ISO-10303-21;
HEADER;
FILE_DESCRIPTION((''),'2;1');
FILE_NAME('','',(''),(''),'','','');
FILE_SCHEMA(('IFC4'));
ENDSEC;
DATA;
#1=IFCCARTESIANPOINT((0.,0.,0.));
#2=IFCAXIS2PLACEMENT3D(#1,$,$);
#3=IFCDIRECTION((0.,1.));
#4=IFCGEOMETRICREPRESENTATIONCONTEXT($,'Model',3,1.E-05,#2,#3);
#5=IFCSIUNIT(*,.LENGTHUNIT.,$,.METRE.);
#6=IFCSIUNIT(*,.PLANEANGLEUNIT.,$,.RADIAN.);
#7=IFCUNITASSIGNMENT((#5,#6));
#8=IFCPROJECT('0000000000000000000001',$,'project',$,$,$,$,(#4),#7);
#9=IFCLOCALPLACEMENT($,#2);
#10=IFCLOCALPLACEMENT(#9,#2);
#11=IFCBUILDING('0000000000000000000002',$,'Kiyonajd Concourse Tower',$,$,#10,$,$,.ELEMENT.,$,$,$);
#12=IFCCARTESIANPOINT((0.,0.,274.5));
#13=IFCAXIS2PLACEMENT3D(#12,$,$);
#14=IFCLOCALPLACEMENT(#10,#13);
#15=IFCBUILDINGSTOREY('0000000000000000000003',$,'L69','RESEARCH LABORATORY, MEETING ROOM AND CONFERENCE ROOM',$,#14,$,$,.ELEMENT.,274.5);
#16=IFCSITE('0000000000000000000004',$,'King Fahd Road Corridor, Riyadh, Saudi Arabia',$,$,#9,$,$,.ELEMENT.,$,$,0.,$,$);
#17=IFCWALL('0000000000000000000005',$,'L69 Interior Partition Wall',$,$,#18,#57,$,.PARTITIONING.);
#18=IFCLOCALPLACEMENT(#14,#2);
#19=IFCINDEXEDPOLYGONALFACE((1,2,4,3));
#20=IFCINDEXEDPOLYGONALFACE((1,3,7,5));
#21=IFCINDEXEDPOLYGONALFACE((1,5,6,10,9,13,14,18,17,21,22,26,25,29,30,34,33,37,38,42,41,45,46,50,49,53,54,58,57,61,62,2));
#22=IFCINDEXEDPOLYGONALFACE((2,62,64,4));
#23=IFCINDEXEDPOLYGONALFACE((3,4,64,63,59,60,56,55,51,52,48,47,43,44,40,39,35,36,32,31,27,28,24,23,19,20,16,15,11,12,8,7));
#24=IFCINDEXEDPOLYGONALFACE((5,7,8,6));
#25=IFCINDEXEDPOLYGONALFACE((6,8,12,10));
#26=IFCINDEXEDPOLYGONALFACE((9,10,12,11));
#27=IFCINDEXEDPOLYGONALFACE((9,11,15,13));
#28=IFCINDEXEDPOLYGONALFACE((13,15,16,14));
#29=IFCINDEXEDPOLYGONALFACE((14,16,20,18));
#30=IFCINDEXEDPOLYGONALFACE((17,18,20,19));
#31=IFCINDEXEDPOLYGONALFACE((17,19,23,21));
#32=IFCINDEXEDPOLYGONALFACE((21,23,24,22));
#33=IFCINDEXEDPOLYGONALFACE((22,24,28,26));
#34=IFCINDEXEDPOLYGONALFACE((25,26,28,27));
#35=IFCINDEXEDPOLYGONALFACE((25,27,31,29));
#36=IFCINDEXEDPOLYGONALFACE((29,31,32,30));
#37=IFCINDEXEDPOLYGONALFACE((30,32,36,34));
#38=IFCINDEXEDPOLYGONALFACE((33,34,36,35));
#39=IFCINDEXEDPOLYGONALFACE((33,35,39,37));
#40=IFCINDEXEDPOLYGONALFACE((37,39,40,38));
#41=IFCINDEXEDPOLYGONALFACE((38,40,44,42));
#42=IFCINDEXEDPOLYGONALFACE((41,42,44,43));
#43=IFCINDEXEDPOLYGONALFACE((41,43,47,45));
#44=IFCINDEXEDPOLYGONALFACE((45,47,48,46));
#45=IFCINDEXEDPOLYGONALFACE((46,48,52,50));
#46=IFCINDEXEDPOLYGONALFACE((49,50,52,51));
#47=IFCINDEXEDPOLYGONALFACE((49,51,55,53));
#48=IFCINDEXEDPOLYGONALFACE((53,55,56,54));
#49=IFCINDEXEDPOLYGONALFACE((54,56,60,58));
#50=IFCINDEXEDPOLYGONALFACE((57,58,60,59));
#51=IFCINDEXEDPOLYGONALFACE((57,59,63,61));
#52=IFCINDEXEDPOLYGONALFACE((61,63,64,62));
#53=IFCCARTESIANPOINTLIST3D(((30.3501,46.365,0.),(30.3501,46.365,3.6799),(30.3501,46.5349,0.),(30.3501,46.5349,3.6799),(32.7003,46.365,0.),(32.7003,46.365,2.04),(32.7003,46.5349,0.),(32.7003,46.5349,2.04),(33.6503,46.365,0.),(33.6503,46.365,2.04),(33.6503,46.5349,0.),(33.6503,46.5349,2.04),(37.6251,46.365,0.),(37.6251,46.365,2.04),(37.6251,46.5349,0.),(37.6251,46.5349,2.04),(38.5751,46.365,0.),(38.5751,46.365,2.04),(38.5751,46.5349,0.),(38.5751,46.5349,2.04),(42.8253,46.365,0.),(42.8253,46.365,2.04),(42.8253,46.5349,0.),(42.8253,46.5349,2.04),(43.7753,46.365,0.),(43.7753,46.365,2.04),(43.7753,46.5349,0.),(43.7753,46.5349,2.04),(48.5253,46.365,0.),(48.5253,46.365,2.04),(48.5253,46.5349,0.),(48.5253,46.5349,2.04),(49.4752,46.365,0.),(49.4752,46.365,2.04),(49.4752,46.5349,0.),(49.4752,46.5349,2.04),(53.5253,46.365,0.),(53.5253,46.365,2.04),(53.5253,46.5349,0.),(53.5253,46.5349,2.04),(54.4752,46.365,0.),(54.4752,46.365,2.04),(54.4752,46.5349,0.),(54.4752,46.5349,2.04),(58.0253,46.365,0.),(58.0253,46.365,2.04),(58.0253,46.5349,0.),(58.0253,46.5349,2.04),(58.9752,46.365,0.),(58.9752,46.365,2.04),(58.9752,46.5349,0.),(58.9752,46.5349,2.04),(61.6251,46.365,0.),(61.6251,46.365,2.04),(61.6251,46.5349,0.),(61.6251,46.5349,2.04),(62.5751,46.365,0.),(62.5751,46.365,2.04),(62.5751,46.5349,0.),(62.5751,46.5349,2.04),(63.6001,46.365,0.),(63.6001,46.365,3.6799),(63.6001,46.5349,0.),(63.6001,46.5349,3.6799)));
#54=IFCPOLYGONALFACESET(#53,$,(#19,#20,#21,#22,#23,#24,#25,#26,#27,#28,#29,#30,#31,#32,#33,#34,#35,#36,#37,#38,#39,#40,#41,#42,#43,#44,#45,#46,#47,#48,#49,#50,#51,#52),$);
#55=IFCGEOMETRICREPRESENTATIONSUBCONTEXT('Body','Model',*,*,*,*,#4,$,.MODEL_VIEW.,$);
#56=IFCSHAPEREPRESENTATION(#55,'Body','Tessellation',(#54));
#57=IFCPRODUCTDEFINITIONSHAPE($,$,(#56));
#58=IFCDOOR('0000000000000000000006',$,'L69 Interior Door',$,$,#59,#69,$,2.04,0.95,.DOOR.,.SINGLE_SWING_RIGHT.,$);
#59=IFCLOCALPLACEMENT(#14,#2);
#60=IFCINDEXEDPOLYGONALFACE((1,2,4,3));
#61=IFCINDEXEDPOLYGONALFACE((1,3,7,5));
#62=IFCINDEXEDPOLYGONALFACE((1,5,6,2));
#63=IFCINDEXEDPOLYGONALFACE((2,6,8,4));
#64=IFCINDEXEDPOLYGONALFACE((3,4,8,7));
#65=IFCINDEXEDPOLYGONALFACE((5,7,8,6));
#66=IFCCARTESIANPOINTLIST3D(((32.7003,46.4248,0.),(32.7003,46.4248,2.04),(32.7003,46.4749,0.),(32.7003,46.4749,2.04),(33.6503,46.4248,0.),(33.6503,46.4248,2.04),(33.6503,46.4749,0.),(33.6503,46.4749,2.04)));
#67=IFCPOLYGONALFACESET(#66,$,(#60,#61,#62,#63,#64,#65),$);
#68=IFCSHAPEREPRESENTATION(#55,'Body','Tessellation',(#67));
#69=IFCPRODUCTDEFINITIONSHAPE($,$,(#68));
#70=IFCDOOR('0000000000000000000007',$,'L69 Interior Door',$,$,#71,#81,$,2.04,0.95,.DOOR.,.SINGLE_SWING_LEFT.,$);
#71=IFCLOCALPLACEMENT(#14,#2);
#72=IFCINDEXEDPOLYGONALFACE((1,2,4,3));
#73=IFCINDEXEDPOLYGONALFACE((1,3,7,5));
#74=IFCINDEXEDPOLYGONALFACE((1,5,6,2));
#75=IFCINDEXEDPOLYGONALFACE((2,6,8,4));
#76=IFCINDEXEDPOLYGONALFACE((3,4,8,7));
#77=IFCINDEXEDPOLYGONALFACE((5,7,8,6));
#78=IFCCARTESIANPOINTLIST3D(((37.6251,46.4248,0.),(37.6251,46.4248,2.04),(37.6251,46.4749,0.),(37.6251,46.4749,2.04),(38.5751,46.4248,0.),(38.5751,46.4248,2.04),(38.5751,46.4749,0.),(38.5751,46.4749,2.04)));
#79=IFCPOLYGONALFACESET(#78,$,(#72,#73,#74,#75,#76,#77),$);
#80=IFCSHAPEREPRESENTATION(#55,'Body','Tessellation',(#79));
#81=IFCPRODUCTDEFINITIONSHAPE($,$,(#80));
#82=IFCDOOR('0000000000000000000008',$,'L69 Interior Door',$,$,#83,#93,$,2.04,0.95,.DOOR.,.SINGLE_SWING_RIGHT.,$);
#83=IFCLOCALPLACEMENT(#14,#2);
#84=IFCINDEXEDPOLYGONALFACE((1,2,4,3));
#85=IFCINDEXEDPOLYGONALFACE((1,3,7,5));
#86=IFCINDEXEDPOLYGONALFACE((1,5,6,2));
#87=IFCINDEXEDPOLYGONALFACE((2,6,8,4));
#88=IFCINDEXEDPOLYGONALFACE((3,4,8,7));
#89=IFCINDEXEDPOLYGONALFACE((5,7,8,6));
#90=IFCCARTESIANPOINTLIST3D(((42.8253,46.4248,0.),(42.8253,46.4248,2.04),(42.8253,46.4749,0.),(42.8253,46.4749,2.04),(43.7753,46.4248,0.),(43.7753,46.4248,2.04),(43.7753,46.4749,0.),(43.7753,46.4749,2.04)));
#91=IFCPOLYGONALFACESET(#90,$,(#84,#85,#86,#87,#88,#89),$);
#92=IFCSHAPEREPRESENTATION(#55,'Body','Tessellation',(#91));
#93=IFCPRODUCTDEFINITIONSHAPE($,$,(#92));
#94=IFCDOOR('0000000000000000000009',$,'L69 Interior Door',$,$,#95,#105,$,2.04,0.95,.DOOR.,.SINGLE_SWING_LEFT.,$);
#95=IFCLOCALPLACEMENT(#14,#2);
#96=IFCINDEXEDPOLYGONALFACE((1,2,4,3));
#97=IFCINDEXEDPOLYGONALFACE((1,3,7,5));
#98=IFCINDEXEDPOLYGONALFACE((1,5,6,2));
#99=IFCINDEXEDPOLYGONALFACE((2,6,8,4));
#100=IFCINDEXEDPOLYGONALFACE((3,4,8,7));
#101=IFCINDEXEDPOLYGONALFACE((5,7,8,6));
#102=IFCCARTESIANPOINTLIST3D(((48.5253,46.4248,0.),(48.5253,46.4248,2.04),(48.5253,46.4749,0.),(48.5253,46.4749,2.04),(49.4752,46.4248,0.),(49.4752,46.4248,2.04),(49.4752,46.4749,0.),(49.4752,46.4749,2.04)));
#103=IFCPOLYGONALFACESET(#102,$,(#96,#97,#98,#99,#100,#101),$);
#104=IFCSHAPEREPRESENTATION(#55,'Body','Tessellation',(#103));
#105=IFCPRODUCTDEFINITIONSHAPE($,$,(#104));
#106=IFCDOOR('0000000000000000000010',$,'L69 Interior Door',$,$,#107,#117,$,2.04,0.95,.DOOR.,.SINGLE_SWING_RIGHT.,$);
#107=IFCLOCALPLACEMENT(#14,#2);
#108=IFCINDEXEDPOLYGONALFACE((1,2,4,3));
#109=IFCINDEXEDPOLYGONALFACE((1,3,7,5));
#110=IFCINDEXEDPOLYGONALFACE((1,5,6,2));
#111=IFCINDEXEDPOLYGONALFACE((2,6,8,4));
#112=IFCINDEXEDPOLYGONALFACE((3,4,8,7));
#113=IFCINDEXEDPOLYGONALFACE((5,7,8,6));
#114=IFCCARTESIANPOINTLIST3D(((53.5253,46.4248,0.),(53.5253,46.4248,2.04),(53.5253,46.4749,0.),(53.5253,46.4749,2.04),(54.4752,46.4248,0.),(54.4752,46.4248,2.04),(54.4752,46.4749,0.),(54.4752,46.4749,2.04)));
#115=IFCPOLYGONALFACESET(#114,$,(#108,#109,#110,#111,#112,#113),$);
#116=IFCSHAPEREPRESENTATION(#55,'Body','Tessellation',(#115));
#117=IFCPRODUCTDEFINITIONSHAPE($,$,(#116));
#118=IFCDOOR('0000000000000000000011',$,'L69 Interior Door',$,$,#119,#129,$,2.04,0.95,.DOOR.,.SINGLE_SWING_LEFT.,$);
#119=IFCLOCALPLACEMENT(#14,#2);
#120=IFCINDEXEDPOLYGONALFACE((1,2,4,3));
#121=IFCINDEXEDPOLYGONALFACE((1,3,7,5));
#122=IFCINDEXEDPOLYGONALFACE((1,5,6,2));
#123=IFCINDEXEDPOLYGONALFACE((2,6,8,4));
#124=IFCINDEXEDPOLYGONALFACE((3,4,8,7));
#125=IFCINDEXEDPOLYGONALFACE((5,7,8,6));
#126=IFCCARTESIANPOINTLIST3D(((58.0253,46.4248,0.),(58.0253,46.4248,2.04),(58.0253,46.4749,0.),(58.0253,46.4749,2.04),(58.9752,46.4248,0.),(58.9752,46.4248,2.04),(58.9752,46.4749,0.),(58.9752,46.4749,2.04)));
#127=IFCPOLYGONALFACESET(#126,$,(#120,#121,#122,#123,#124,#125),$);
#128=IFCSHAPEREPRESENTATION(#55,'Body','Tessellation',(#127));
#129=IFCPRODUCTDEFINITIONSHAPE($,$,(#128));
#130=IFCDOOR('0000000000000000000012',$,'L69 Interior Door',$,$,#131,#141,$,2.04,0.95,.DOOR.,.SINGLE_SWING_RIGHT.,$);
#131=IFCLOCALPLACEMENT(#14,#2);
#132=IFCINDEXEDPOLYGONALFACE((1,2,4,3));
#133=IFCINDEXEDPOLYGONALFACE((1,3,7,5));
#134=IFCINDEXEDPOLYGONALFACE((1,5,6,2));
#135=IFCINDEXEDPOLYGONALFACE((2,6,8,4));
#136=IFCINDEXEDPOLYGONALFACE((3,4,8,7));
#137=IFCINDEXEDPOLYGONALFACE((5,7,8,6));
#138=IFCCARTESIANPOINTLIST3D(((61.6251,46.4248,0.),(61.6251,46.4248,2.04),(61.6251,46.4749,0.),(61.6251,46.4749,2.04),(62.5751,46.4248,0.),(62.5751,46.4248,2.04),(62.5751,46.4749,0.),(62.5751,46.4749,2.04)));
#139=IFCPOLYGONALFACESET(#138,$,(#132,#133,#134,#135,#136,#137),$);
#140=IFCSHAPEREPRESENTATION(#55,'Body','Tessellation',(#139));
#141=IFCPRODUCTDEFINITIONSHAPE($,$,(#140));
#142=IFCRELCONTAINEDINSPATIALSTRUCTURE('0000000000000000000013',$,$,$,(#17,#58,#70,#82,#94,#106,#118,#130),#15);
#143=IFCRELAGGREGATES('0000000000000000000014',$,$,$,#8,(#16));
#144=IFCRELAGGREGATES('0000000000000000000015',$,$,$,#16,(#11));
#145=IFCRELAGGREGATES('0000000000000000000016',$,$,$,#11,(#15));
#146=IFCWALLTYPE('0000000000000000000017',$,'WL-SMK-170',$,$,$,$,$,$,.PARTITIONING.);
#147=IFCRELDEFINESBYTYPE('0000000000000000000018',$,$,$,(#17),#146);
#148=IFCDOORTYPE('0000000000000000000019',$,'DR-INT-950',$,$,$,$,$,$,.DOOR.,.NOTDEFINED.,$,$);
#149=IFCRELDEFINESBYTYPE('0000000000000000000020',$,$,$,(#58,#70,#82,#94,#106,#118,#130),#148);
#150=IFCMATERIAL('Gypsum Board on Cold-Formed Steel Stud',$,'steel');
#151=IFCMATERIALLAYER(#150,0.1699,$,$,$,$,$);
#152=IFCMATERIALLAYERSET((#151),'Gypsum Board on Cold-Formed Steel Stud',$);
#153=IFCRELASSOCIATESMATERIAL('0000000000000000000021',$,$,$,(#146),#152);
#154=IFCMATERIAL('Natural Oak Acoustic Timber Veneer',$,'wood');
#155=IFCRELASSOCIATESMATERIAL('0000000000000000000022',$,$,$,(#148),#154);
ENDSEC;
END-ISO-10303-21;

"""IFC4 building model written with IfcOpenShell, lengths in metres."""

from ifc_helpers import new_model, si_unit, direction, frame, frame_2d, origin, place, context, subcontext, project, spatial, rectangle, extrude, material, layer, layer_set, type_object, element, fill, save


model = new_model("IFC4")

# Units and contexts
model_context = context("Model", 3, precision=1e-05, world=origin(), true_north=direction((0.0, 1.0)))
body_context = subcontext(model_context, "Body", "Model", "MODEL_VIEW")
ifc_project = project(units=[si_unit("LENGTHUNIT", "METRE"), si_unit("PLANEANGLEUNIT", "RADIAN")], contexts=[model_context])

# Site, building, storey
site_placement = place(None, origin())
site = spatial("IfcSite", under=ifc_project, at=site_placement, Name="King Fahd Road Corridor, Riyadh, Saudi Arabia", CompositionType="ELEMENT", RefElevation=0.0)
building_placement = place(site_placement, origin())
building = spatial("IfcBuilding", under=site, at=building_placement, Name="Kiyonajd Concourse Tower", CompositionType="ELEMENT")
storey_placement = place(building_placement, frame((0.0, 0.0, 274.5)))
storey = spatial("IfcBuildingStorey", under=building, at=storey_placement, Name="L69", Description="RESEARCH LABORATORY, MEETING ROOM AND CONFERENCE ROOM", CompositionType="ELEMENT", Elevation=274.5)

# Wall, openings, doors
ifc_material_1 = material(Name="Gypsum Board on Cold-Formed Steel Stud", Category="steel")
ifc_layer_1 = layer(ifc_material_1, 0.1699)
ifc_layer_set_1 = layer_set([ifc_layer_1], Name="Gypsum Board on Cold-Formed Steel Stud")
wall_type_1 = type_object("IfcWallType", Name="WL-SMK-170", PredefinedType="PARTITIONING", material=ifc_layer_set_1)
wall_1_placement = place(storey_placement, frame((30.3501, 46.45, 0.0), z_axis=(0.0, 0.0, 1.0), x_axis=(1.0, 0.0, 0.0)))
wall_1 = element("IfcWall", 1, at=wall_1_placement, inside=storey, type_object=wall_type_1, Name="L69 Interior Partition Wall", PredefinedType="PARTITIONING", context=body_context, shape_type="SweptSolid", body=[
    extrude(rectangle(XDim=33.25, YDim=0.1699, at=frame_2d((16.625, 0.0))), origin(), (0.0, 0.0, 1.0), 3.6799),
])
opening_1_placement = place(wall_1_placement, frame((2.3501, 0.0, 0.0)))
opening_1 = element("IfcOpeningElement", 2, at=opening_1_placement, cuts=wall_1, PredefinedType="OPENING", context=body_context, shape_type="SweptSolid", body=[
    extrude(rectangle(XDim=0.95, YDim=2.04, at=frame_2d((0.4751, 1.02))), frame((0.0, 0.095, 0.0), z_axis=(0.0, -1.0, 0.0), x_axis=(1.0, 0.0, 0.0)), (0.0, 0.0, 1.0), 0.1899),
])
opening_2_placement = place(wall_1_placement, frame((7.2749, 0.0, 0.0)))
opening_2 = element("IfcOpeningElement", 3, at=opening_2_placement, cuts=wall_1, PredefinedType="OPENING", context=body_context, shape_type="SweptSolid", body=[
    extrude(rectangle(XDim=0.95, YDim=2.04, at=frame_2d((0.4751, 1.02))), frame((0.0, 0.095, 0.0), z_axis=(0.0, -1.0, 0.0), x_axis=(1.0, 0.0, 0.0)), (0.0, 0.0, 1.0), 0.1899),
])
opening_3_placement = place(wall_1_placement, frame((12.4751, 0.0, 0.0)))
opening_3 = element("IfcOpeningElement", 4, at=opening_3_placement, cuts=wall_1, PredefinedType="OPENING", context=body_context, shape_type="SweptSolid", body=[
    extrude(rectangle(XDim=0.95, YDim=2.04, at=frame_2d((0.4751, 1.02))), frame((0.0, 0.095, 0.0), z_axis=(0.0, -1.0, 0.0), x_axis=(1.0, 0.0, 0.0)), (0.0, 0.0, 1.0), 0.1899),
])
opening_4_placement = place(wall_1_placement, frame((18.175, 0.0, 0.0)))
opening_4 = element("IfcOpeningElement", 5, at=opening_4_placement, cuts=wall_1, PredefinedType="OPENING", context=body_context, shape_type="SweptSolid", body=[
    extrude(rectangle(XDim=0.95, YDim=2.04, at=frame_2d((0.4751, 1.02))), frame((0.0, 0.095, 0.0), z_axis=(0.0, -1.0, 0.0), x_axis=(1.0, 0.0, 0.0)), (0.0, 0.0, 1.0), 0.1899),
])
opening_5_placement = place(wall_1_placement, frame((23.175, 0.0, 0.0)))
opening_5 = element("IfcOpeningElement", 6, at=opening_5_placement, cuts=wall_1, PredefinedType="OPENING", context=body_context, shape_type="SweptSolid", body=[
    extrude(rectangle(XDim=0.95, YDim=2.04, at=frame_2d((0.4751, 1.02))), frame((0.0, 0.095, 0.0), z_axis=(0.0, -1.0, 0.0), x_axis=(1.0, 0.0, 0.0)), (0.0, 0.0, 1.0), 0.1899),
])
opening_6_placement = place(wall_1_placement, frame((27.675, 0.0, 0.0)))
opening_6 = element("IfcOpeningElement", 7, at=opening_6_placement, cuts=wall_1, PredefinedType="OPENING", context=body_context, shape_type="SweptSolid", body=[
    extrude(rectangle(XDim=0.95, YDim=2.04, at=frame_2d((0.4751, 1.02))), frame((0.0, 0.095, 0.0), z_axis=(0.0, -1.0, 0.0), x_axis=(1.0, 0.0, 0.0)), (0.0, 0.0, 1.0), 0.1899),
])
opening_7_placement = place(wall_1_placement, frame((31.2749, 0.0, 0.0)))
opening_7 = element("IfcOpeningElement", 8, at=opening_7_placement, cuts=wall_1, PredefinedType="OPENING", context=body_context, shape_type="SweptSolid", body=[
    extrude(rectangle(XDim=0.95, YDim=2.04, at=frame_2d((0.4751, 1.02))), frame((0.0, 0.095, 0.0), z_axis=(0.0, -1.0, 0.0), x_axis=(1.0, 0.0, 0.0)), (0.0, 0.0, 1.0), 0.1899),
])
ifc_material_2 = material(Name="Natural Oak Acoustic Timber Veneer", Category="wood")
door_type = type_object("IfcDoorType", Name="DR-INT-950", OperationType="NOTDEFINED", PredefinedType="DOOR", material=ifc_material_2)
door_1_placement = place(opening_1_placement, origin())
door_1 = element("IfcDoor", 9, at=door_1_placement, inside=storey, type_object=door_type, Name="L69 Interior Door", OperationType="SINGLE_SWING_RIGHT", OverallHeight=2.04, OverallWidth=0.95, PredefinedType="DOOR", context=body_context, shape_type="SweptSolid", body=[
    extrude(rectangle(XDim=0.95, YDim=2.04, at=frame_2d((0.4751, 1.02))), frame((0.0, 0.0249, 0.0), z_axis=(0.0, -1.0, 0.0), x_axis=(1.0, 0.0, 0.0)), (0.0, 0.0, 1.0), 0.05),
])
fill(opening_1, door_1)
door_2_placement = place(opening_2_placement, origin())
door_2 = element("IfcDoor", 10, at=door_2_placement, inside=storey, type_object=door_type, Name="L69 Interior Door", OperationType="SINGLE_SWING_LEFT", OverallHeight=2.04, OverallWidth=0.95, PredefinedType="DOOR", context=body_context, shape_type="SweptSolid", body=[
    extrude(rectangle(XDim=0.95, YDim=2.04, at=frame_2d((0.4751, 1.02))), frame((0.0, 0.0249, 0.0), z_axis=(0.0, -1.0, 0.0), x_axis=(1.0, 0.0, 0.0)), (0.0, 0.0, 1.0), 0.05),
])
fill(opening_2, door_2)
door_3_placement = place(opening_3_placement, origin())
door_3 = element("IfcDoor", 11, at=door_3_placement, inside=storey, type_object=door_type, Name="L69 Interior Door", OperationType="SINGLE_SWING_RIGHT", OverallHeight=2.04, OverallWidth=0.95, PredefinedType="DOOR", context=body_context, shape_type="SweptSolid", body=[
    extrude(rectangle(XDim=0.95, YDim=2.04, at=frame_2d((0.4751, 1.02))), frame((0.0, 0.0249, 0.0), z_axis=(0.0, -1.0, 0.0), x_axis=(1.0, 0.0, 0.0)), (0.0, 0.0, 1.0), 0.05),
])
fill(opening_3, door_3)
door_4_placement = place(opening_4_placement, origin())
door_4 = element("IfcDoor", 12, at=door_4_placement, inside=storey, type_object=door_type, Name="L69 Interior Door", OperationType="SINGLE_SWING_LEFT", OverallHeight=2.04, OverallWidth=0.95, PredefinedType="DOOR", context=body_context, shape_type="SweptSolid", body=[
    extrude(rectangle(XDim=0.95, YDim=2.04, at=frame_2d((0.4751, 1.02))), frame((0.0, 0.0249, 0.0), z_axis=(0.0, -1.0, 0.0), x_axis=(1.0, 0.0, 0.0)), (0.0, 0.0, 1.0), 0.05),
])
fill(opening_4, door_4)
door_5_placement = place(opening_5_placement, origin())
door_5 = element("IfcDoor", 13, at=door_5_placement, inside=storey, type_object=door_type, Name="L69 Interior Door", OperationType="SINGLE_SWING_RIGHT", OverallHeight=2.04, OverallWidth=0.95, PredefinedType="DOOR", context=body_context, shape_type="SweptSolid", body=[
    extrude(rectangle(XDim=0.95, YDim=2.04, at=frame_2d((0.4751, 1.02))), frame((0.0, 0.0249, 0.0), z_axis=(0.0, -1.0, 0.0), x_axis=(1.0, 0.0, 0.0)), (0.0, 0.0, 1.0), 0.05),
])
fill(opening_5, door_5)
door_6_placement = place(opening_6_placement, origin())
door_6 = element("IfcDoor", 14, at=door_6_placement, inside=storey, type_object=door_type, Name="L69 Interior Door", OperationType="SINGLE_SWING_LEFT", OverallHeight=2.04, OverallWidth=0.95, PredefinedType="DOOR", context=body_context, shape_type="SweptSolid", body=[
    extrude(rectangle(XDim=0.95, YDim=2.04, at=frame_2d((0.4751, 1.02))), frame((0.0, 0.0249, 0.0), z_axis=(0.0, -1.0, 0.0), x_axis=(1.0, 0.0, 0.0)), (0.0, 0.0, 1.0), 0.05),
])
fill(opening_6, door_6)
door_7_placement = place(opening_7_placement, origin())
door_7 = element("IfcDoor", 15, at=door_7_placement, inside=storey, type_object=door_type, Name="L69 Interior Door", OperationType="SINGLE_SWING_RIGHT", OverallHeight=2.04, OverallWidth=0.95, PredefinedType="DOOR", context=body_context, shape_type="SweptSolid", body=[
    extrude(rectangle(XDim=0.95, YDim=2.04, at=frame_2d((0.4751, 1.02))), frame((0.0, 0.0249, 0.0), z_axis=(0.0, -1.0, 0.0), x_axis=(1.0, 0.0, 0.0)), (0.0, 0.0, 1.0), 0.05),
])
fill(opening_7, door_7)

save(model, "model.ifc")
